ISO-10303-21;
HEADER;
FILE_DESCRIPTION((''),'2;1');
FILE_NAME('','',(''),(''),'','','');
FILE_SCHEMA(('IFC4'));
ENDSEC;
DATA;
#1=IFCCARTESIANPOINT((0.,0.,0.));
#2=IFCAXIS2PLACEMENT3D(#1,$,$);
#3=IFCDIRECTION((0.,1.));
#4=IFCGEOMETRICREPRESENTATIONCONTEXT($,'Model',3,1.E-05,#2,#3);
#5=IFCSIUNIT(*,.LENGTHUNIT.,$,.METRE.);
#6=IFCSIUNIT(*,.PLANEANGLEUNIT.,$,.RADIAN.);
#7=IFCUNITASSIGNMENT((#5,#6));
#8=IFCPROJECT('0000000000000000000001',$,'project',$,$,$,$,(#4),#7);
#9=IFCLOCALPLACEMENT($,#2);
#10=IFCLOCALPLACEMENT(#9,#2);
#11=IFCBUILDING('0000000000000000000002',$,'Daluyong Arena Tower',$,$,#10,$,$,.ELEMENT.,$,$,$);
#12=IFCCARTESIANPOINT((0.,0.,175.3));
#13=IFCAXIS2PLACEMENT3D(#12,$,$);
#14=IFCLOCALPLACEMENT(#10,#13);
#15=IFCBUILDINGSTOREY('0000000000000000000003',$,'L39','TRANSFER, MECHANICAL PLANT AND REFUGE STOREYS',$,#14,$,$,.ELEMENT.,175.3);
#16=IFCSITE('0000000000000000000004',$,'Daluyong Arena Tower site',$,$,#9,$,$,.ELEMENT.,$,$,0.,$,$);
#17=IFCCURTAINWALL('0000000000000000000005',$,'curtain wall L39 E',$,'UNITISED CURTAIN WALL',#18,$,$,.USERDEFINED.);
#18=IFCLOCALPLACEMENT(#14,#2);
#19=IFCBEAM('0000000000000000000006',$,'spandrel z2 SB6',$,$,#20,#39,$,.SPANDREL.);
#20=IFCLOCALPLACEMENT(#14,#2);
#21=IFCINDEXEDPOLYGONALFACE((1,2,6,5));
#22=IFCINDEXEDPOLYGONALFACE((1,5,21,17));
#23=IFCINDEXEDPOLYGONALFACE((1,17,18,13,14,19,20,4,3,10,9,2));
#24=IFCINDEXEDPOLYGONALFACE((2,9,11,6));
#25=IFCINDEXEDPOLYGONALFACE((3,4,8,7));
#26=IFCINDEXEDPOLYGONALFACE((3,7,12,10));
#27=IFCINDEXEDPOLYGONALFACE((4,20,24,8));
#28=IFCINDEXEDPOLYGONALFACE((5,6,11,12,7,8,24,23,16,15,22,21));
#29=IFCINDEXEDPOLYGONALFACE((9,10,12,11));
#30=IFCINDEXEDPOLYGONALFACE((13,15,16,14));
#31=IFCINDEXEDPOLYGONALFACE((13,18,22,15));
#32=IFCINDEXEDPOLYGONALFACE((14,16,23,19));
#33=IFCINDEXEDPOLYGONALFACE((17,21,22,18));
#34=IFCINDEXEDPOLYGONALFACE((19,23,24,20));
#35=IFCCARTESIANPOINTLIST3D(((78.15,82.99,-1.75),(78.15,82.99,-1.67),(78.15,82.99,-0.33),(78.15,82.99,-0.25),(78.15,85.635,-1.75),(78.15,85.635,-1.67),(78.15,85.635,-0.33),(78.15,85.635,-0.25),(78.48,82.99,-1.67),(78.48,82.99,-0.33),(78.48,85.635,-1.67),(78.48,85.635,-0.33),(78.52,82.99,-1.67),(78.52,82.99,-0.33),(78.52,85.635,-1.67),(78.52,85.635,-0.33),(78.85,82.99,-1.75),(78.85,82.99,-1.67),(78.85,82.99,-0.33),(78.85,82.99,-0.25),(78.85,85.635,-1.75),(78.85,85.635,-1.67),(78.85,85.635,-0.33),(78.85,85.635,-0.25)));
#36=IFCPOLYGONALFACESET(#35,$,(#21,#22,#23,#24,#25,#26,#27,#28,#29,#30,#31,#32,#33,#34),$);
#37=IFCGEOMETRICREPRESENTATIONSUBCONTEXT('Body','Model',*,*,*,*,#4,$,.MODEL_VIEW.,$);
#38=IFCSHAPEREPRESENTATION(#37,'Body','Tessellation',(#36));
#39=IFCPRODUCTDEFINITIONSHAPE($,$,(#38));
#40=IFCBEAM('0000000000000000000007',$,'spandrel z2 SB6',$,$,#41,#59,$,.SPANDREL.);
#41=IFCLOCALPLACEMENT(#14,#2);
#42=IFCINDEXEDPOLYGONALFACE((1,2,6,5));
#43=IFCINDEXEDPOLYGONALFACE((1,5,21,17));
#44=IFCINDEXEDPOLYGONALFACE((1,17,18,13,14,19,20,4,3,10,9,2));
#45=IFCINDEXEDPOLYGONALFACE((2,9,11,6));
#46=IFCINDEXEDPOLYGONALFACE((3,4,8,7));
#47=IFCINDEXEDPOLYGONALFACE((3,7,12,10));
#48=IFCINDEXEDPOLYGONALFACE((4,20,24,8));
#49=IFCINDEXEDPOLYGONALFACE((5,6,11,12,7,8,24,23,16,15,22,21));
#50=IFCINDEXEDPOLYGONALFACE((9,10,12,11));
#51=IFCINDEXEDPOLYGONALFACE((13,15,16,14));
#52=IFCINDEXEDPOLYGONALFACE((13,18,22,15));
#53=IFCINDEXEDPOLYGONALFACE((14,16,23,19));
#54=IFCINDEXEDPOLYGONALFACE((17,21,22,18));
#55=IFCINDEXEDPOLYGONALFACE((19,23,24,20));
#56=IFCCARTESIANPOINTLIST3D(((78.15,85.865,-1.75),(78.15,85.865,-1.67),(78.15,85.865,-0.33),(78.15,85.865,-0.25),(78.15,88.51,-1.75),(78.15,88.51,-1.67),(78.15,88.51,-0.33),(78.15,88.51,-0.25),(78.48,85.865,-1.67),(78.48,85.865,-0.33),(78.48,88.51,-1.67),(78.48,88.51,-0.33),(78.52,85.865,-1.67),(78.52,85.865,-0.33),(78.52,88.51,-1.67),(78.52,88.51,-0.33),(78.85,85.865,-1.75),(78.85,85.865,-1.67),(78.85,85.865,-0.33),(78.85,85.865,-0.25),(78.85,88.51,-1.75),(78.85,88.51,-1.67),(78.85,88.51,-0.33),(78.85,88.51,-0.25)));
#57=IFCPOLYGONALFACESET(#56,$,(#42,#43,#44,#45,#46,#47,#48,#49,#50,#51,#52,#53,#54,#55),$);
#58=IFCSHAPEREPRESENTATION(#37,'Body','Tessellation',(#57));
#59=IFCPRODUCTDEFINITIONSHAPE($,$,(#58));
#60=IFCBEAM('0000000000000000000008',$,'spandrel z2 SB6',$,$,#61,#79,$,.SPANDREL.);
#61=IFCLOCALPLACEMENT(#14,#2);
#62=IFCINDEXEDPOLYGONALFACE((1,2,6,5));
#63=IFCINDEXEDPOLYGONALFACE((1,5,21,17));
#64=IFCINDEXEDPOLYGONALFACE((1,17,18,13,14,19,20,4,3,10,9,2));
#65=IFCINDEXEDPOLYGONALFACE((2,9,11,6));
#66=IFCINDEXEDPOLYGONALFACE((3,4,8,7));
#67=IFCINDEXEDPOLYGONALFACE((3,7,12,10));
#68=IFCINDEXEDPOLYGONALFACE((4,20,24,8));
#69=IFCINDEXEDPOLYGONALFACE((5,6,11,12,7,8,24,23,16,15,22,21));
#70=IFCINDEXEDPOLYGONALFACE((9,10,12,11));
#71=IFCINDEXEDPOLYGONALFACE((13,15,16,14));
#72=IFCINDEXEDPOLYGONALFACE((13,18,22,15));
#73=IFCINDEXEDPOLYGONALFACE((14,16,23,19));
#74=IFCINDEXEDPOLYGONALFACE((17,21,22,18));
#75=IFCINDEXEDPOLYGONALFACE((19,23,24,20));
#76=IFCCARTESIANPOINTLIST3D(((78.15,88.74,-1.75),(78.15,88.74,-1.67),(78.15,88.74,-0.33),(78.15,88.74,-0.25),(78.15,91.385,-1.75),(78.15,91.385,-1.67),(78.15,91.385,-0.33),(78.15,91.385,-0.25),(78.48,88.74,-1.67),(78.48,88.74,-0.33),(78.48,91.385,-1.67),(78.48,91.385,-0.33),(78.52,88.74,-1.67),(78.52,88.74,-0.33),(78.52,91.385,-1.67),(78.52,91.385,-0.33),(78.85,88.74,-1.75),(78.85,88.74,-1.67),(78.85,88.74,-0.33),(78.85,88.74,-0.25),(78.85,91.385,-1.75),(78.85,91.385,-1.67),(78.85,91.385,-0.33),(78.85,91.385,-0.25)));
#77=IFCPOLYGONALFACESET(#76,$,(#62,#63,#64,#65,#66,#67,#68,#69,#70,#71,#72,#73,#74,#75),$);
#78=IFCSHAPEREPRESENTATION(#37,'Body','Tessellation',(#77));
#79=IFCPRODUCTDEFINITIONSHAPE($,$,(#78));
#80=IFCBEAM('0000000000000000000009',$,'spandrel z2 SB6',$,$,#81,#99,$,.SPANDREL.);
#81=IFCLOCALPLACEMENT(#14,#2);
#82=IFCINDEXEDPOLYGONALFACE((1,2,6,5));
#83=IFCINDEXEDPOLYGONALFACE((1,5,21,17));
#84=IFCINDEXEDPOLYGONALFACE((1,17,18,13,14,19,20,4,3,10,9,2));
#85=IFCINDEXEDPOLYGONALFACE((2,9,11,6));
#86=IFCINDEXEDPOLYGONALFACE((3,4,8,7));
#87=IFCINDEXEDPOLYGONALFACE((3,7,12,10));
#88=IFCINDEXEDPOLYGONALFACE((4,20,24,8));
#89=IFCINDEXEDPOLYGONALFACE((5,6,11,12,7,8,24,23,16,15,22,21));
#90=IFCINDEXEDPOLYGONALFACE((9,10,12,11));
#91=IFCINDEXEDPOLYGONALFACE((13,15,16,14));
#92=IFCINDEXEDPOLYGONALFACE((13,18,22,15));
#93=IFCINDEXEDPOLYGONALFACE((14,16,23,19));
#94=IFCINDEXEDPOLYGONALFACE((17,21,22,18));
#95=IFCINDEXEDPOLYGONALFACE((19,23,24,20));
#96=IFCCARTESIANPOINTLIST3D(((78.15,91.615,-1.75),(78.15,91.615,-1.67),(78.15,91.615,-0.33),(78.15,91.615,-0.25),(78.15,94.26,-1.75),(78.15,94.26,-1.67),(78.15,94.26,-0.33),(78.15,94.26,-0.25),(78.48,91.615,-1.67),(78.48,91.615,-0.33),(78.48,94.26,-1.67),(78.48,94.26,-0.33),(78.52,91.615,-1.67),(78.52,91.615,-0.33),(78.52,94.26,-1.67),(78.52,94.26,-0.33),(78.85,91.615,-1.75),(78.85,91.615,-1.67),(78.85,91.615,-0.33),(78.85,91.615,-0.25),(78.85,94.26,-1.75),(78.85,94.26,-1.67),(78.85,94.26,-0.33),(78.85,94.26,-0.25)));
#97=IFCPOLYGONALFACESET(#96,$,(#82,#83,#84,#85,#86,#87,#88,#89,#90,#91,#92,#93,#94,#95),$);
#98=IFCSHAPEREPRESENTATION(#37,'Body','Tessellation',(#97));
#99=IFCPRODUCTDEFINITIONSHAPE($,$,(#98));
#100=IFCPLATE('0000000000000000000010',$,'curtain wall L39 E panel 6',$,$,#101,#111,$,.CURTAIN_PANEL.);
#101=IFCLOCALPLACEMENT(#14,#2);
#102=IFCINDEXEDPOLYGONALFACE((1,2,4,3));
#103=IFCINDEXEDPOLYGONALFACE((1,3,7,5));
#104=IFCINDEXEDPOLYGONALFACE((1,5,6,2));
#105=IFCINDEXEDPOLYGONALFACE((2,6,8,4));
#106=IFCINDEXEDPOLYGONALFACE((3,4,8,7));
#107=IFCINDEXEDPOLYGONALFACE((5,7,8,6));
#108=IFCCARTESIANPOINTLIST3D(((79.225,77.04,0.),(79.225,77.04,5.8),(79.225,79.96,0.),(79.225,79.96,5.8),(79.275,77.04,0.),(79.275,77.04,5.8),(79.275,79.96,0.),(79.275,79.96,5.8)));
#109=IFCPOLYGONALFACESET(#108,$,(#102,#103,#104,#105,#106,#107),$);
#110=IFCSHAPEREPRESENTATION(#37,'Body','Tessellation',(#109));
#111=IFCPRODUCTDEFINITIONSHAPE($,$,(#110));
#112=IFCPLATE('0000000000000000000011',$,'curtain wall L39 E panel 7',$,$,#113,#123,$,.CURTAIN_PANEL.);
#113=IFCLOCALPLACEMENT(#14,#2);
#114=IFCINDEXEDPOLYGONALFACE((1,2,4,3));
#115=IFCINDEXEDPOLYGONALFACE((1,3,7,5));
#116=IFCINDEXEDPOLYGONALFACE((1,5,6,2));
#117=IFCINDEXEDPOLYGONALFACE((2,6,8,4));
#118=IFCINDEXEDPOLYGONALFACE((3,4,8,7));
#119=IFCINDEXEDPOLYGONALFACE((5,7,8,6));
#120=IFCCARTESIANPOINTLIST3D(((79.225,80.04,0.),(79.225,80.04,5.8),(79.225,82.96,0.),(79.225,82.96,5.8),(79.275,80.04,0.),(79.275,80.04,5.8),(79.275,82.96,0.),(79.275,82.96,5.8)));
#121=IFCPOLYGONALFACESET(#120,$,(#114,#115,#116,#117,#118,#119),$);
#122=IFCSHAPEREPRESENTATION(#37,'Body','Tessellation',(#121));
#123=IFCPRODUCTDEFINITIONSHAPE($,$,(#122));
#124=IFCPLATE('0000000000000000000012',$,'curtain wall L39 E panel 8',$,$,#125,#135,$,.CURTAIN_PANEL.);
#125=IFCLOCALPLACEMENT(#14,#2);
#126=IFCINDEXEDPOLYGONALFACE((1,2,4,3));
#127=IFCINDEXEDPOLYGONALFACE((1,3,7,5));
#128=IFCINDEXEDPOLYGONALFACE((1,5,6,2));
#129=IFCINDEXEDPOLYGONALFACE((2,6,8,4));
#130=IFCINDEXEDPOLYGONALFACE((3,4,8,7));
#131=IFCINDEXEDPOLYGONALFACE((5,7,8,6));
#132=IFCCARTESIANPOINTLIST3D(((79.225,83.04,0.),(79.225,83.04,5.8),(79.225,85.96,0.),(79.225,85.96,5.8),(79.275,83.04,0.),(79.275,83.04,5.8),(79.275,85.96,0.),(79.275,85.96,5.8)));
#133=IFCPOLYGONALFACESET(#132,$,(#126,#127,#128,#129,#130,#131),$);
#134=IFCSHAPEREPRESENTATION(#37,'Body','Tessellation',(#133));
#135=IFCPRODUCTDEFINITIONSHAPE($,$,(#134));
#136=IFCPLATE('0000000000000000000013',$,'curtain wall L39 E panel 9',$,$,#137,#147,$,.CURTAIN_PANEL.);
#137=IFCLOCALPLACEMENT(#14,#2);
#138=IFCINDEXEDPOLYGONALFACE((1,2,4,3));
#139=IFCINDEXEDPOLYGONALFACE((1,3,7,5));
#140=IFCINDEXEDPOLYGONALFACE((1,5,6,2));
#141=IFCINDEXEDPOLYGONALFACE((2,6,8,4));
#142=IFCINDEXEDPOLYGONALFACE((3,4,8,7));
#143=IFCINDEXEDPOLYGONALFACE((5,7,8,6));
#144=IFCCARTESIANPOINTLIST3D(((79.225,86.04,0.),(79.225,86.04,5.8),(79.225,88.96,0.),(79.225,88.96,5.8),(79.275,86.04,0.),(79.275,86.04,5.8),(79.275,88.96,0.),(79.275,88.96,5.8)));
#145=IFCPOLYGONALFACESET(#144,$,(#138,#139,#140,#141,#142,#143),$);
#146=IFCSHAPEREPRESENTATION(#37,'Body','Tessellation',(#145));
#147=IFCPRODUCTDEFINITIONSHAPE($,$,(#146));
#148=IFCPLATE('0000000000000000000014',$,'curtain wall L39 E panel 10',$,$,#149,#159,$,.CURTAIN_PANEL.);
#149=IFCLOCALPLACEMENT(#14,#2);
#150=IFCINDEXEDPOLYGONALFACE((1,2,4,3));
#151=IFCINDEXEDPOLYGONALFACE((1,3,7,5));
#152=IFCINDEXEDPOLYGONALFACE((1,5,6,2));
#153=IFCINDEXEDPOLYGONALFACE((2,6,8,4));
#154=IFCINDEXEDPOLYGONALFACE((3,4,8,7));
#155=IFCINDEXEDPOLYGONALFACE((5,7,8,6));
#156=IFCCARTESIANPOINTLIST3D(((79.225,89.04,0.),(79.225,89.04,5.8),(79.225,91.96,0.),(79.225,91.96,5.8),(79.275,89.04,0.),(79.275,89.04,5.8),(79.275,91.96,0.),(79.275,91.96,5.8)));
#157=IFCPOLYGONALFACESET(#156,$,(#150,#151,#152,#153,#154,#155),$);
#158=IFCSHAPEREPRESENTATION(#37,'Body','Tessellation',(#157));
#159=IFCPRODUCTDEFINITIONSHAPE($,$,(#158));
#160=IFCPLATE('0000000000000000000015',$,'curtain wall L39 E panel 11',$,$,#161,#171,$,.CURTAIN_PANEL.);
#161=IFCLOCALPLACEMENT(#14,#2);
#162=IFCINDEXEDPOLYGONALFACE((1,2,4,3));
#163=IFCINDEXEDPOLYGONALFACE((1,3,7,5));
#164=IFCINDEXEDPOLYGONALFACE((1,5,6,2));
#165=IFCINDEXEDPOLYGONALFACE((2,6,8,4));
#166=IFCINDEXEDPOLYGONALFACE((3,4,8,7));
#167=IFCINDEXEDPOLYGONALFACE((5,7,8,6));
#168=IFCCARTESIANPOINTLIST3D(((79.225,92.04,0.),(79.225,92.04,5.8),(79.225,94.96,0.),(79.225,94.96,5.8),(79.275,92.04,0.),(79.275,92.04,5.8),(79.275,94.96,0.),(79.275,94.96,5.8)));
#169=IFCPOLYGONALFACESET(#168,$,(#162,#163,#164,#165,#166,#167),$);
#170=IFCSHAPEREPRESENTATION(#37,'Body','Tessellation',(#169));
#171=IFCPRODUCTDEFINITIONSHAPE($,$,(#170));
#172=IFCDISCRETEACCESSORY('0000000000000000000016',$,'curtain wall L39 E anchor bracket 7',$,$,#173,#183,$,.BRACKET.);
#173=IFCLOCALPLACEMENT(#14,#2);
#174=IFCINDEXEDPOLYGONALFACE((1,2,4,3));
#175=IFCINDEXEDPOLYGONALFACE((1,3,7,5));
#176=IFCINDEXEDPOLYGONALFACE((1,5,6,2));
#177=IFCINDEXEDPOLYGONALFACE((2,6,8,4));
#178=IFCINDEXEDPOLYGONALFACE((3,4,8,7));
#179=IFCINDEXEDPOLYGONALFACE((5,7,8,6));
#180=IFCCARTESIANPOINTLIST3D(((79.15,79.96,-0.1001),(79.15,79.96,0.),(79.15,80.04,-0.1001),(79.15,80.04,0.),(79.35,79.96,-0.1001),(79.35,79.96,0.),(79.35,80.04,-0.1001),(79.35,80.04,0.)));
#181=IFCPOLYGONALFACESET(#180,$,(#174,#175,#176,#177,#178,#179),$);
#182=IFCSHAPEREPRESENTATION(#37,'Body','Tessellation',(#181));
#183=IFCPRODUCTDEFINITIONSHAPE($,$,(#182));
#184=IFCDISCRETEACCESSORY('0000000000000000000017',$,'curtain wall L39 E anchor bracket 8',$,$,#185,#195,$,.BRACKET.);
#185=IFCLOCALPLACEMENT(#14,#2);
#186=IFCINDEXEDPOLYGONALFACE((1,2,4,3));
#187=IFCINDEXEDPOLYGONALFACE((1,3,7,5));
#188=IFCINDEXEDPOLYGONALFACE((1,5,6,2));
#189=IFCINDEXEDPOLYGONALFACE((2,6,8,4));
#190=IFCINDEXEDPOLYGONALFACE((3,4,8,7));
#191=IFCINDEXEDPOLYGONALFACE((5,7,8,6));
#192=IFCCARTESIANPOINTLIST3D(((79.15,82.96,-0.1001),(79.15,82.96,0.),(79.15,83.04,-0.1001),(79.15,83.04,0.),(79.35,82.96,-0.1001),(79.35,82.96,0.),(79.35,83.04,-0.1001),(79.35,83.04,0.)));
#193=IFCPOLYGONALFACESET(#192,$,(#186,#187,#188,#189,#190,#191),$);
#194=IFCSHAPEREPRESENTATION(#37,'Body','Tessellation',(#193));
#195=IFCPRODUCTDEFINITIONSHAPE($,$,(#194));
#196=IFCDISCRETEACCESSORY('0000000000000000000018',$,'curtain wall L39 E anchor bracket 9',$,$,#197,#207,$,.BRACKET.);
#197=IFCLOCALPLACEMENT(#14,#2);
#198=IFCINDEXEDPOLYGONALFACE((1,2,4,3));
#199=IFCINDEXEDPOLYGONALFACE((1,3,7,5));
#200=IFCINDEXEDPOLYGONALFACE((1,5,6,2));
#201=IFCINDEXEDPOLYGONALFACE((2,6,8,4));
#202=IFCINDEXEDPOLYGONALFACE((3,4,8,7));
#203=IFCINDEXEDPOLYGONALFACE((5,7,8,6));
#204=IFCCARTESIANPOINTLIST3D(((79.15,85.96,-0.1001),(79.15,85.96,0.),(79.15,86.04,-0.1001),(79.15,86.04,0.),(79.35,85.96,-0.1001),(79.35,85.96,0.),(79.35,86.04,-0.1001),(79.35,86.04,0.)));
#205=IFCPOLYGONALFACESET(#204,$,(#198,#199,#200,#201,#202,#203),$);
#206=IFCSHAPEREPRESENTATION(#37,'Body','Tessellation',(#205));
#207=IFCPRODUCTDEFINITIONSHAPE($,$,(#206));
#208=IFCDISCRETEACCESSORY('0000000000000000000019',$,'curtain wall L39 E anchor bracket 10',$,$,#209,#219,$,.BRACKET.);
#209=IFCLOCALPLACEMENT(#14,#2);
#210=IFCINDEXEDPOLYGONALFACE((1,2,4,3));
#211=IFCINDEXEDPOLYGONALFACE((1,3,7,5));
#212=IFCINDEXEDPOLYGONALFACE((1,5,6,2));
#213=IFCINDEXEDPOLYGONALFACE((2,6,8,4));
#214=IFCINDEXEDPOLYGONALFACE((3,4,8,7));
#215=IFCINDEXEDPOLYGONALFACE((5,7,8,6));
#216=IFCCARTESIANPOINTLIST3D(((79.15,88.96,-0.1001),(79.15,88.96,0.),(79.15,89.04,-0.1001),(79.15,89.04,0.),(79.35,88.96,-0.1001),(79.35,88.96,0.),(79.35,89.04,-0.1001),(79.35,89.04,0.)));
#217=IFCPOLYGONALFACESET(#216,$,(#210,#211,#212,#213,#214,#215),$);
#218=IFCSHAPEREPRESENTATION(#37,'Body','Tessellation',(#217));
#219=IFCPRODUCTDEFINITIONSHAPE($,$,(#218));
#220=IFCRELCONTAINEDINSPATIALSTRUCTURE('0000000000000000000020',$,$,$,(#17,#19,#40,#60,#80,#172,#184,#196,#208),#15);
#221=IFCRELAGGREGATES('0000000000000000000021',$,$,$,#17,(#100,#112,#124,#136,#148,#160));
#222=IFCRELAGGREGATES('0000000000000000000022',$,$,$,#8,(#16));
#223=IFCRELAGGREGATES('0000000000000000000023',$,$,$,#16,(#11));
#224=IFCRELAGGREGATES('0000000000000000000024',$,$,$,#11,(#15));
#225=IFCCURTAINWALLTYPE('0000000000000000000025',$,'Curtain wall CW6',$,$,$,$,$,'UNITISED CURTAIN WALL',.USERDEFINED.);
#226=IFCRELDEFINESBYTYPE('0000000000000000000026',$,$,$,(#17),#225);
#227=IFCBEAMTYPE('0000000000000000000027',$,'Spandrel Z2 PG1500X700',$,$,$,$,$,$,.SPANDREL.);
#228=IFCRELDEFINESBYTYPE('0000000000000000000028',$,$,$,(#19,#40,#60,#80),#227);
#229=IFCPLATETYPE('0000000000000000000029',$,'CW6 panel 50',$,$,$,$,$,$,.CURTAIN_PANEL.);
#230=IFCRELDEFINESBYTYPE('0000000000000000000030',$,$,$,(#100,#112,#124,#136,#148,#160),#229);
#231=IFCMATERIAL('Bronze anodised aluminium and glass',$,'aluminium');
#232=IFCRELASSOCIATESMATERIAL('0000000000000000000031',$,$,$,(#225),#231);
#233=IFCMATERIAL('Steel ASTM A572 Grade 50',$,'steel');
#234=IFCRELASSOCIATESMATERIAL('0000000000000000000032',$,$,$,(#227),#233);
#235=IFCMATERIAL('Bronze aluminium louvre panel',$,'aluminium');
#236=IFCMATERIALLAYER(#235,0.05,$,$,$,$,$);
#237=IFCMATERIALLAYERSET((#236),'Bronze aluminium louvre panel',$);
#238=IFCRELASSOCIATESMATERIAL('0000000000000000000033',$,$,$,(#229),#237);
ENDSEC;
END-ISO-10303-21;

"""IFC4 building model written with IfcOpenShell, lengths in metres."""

from ifc_helpers import new_model, si_unit, direction, frame, origin, origin_2d, place, context, subcontext, project, spatial, rectangle, i_section, extrude, material, layer, layer_set, material_profile, profile_set, type_object, element, aggregate, save


model = new_model("IFC4")

# Units and contexts
model_context = context("Model", 3, precision=1e-05, world=origin(), true_north=direction((0.0, 1.0)))
body_context = subcontext(model_context, "Body", "Model", "MODEL_VIEW")
ifc_project = project(units=[si_unit("LENGTHUNIT", "METRE"), si_unit("PLANEANGLEUNIT", "RADIAN")], contexts=[model_context])

# Site, building, storey
site_placement = place(None, origin())
site = spatial("IfcSite", under=ifc_project, at=site_placement, Name="Daluyong Arena Tower site", CompositionType="ELEMENT", RefElevation=0.0)
building_placement = place(site_placement, origin())
building = spatial("IfcBuilding", under=site, at=building_placement, Name="Daluyong Arena Tower", CompositionType="ELEMENT")
storey_placement = place(building_placement, frame((0.0, 0.0, 175.3)))
storey = spatial("IfcBuildingStorey", under=building, at=storey_placement, Name="L39", Description="TRANSFER, MECHANICAL PLANT AND REFUGE STOREYS", CompositionType="ELEMENT", Elevation=175.3)

# Curtain wall
ifc_material_1 = material(Name="Bronze anodised aluminium and glass", Category="aluminium")
curtain_wall_type = type_object("IfcCurtainWallType", Name="Curtain wall CW6", ElementType="UNITISED CURTAIN WALL", PredefinedType="USERDEFINED", material=ifc_material_1)
curtain_wall_placement = place(storey_placement, origin())
curtain_wall = element("IfcCurtainWall", 1, at=curtain_wall_placement, inside=storey, type_object=curtain_wall_type, Name="curtain wall L39 E", ObjectType="UNITISED CURTAIN WALL", PredefinedType="USERDEFINED")

# Beams
ifc_material_2 = material(Name="Steel ASTM A572 Grade 50", Category="steel")
ifc_material_profile_1 = material_profile(ifc_material_2, i_section(OverallWidth=0.7, OverallDepth=1.5, WebThickness=0.04, FlangeThickness=0.08, at=origin_2d()))
ifc_profile_set_1 = profile_set([ifc_material_profile_1], Name="Steel ASTM A572 Grade 50")
beam_type_1 = type_object("IfcBeamType", Name="Spandrel Z2 PG1500X700", PredefinedType="SPANDREL", material=ifc_profile_set_1)
for number, where, z_axis, x_axis, name in (
    (2, (78.5, 82.99, -1.0), (0.0, 1.0, 0.0), (-1.0, 0.0, 0.0), "spandrel z2 SB6"),
    (3, (78.5, 85.865, -1.0), (0.0, 1.0, 0.0), (-1.0, 0.0, 0.0), "spandrel z2 SB6"),
    (4, (78.5, 88.74, -1.0), (0.0, 1.0, 0.0), (-1.0, 0.0, 0.0), "spandrel z2 SB6"),
    (5, (78.5, 91.615, -1.0), (0.0, 1.0, 0.0), (-1.0, 0.0, 0.0), "spandrel z2 SB6"),
):
    element("IfcBeam", number, at=place(storey_placement, frame(where, z_axis=z_axis, x_axis=x_axis)), inside=storey, type_object=beam_type_1, Name=name, PredefinedType="SPANDREL", context=body_context, shape_type="SweptSolid", body=[
        extrude(i_section(OverallWidth=0.7, OverallDepth=1.5, WebThickness=0.04, FlangeThickness=0.08, at=origin_2d()), origin(), (0.0, 0.0, 1.0), 2.645),
    ])

# Plates
ifc_material_3 = material(Name="Bronze aluminium louvre panel", Category="aluminium")
ifc_layer = layer(ifc_material_3, 0.05)
ifc_layer_set = layer_set([ifc_layer], Name="Bronze aluminium louvre panel")
plate_type = type_object("IfcPlateType", Name="CW6 panel 50", PredefinedType="CURTAIN_PANEL", material=ifc_layer_set)
plate_1_placement = place(storey_placement, frame((79.25, 78.5, 0.0), z_axis=(0.0, 0.0, 1.0), x_axis=(0.0, 1.0, 0.0)))
plate_1 = element("IfcPlate", 6, at=plate_1_placement, type_object=plate_type, Name="curtain wall L39 E panel 6", PredefinedType="CURTAIN_PANEL", context=body_context, shape_type="SweptSolid", body=[
    extrude(rectangle(XDim=2.9199, YDim=0.05, at=origin_2d()), origin(), (0.0, 0.0, 1.0), 5.8),
])
plate_2_placement = place(storey_placement, frame((79.25, 81.5, 0.0), z_axis=(0.0, 0.0, 1.0), x_axis=(0.0, 1.0, 0.0)))
plate_2 = element("IfcPlate", 7, at=plate_2_placement, type_object=plate_type, Name="curtain wall L39 E panel 7", PredefinedType="CURTAIN_PANEL", context=body_context, shape_type="SweptSolid", body=[
    extrude(rectangle(XDim=2.9199, YDim=0.05, at=origin_2d()), origin(), (0.0, 0.0, 1.0), 5.8),
])
plate_3_placement = place(storey_placement, frame((79.25, 84.5, 0.0), z_axis=(0.0, 0.0, 1.0), x_axis=(0.0, 1.0, 0.0)))
plate_3 = element("IfcPlate", 8, at=plate_3_placement, type_object=plate_type, Name="curtain wall L39 E panel 8", PredefinedType="CURTAIN_PANEL", context=body_context, shape_type="SweptSolid", body=[
    extrude(rectangle(XDim=2.9199, YDim=0.05, at=origin_2d()), origin(), (0.0, 0.0, 1.0), 5.8),
])
plate_4_placement = place(storey_placement, frame((79.25, 87.5, 0.0), z_axis=(0.0, 0.0, 1.0), x_axis=(0.0, 1.0, 0.0)))
plate_4 = element("IfcPlate", 9, at=plate_4_placement, type_object=plate_type, Name="curtain wall L39 E panel 9", PredefinedType="CURTAIN_PANEL", context=body_context, shape_type="SweptSolid", body=[
    extrude(rectangle(XDim=2.9199, YDim=0.05, at=origin_2d()), origin(), (0.0, 0.0, 1.0), 5.8),
])
plate_5_placement = place(storey_placement, frame((79.25, 90.5, 0.0), z_axis=(0.0, 0.0, 1.0), x_axis=(0.0, 1.0, 0.0)))
plate_5 = element("IfcPlate", 10, at=plate_5_placement, type_object=plate_type, Name="curtain wall L39 E panel 10", PredefinedType="CURTAIN_PANEL", context=body_context, shape_type="SweptSolid", body=[
    extrude(rectangle(XDim=2.9199, YDim=0.05, at=origin_2d()), origin(), (0.0, 0.0, 1.0), 5.8),
])
plate_6_placement = place(storey_placement, frame((79.25, 93.5, 0.0), z_axis=(0.0, 0.0, 1.0), x_axis=(0.0, 1.0, 0.0)))
plate_6 = element("IfcPlate", 11, at=plate_6_placement, type_object=plate_type, Name="curtain wall L39 E panel 11", PredefinedType="CURTAIN_PANEL", context=body_context, shape_type="SweptSolid", body=[
    extrude(rectangle(XDim=2.9199, YDim=0.05, at=origin_2d()), origin(), (0.0, 0.0, 1.0), 5.8),
])
aggregate(curtain_wall, [plate_1, plate_2, plate_3, plate_4, plate_5, plate_6])

# Discrete accessories
for number, where, z_axis, x_axis, name in (
    (12, (79.25, 80.0, -0.1001), (0.0, 0.0, 1.0), (0.0, 1.0, 0.0), "curtain wall L39 E anchor bracket 7"),
    (13, (79.25, 83.0, -0.1001), (0.0, 0.0, 1.0), (0.0, 1.0, 0.0), "curtain wall L39 E anchor bracket 8"),
    (14, (79.25, 86.0, -0.1001), (0.0, 0.0, 1.0), (0.0, 1.0, 0.0), "curtain wall L39 E anchor bracket 9"),
    (15, (79.25, 89.0, -0.1001), (0.0, 0.0, 1.0), (0.0, 1.0, 0.0), "curtain wall L39 E anchor bracket 10"),
):
    element("IfcDiscreteAccessory", number, at=place(storey_placement, frame(where, z_axis=z_axis, x_axis=x_axis)), inside=storey, Name=name, PredefinedType="BRACKET", context=body_context, shape_type="SweptSolid", body=[
        extrude(rectangle(XDim=0.0801, YDim=0.2, at=origin_2d()), origin(), (0.0, 0.0, 1.0), 0.1001),
    ])

save(model, "model.ifc")
